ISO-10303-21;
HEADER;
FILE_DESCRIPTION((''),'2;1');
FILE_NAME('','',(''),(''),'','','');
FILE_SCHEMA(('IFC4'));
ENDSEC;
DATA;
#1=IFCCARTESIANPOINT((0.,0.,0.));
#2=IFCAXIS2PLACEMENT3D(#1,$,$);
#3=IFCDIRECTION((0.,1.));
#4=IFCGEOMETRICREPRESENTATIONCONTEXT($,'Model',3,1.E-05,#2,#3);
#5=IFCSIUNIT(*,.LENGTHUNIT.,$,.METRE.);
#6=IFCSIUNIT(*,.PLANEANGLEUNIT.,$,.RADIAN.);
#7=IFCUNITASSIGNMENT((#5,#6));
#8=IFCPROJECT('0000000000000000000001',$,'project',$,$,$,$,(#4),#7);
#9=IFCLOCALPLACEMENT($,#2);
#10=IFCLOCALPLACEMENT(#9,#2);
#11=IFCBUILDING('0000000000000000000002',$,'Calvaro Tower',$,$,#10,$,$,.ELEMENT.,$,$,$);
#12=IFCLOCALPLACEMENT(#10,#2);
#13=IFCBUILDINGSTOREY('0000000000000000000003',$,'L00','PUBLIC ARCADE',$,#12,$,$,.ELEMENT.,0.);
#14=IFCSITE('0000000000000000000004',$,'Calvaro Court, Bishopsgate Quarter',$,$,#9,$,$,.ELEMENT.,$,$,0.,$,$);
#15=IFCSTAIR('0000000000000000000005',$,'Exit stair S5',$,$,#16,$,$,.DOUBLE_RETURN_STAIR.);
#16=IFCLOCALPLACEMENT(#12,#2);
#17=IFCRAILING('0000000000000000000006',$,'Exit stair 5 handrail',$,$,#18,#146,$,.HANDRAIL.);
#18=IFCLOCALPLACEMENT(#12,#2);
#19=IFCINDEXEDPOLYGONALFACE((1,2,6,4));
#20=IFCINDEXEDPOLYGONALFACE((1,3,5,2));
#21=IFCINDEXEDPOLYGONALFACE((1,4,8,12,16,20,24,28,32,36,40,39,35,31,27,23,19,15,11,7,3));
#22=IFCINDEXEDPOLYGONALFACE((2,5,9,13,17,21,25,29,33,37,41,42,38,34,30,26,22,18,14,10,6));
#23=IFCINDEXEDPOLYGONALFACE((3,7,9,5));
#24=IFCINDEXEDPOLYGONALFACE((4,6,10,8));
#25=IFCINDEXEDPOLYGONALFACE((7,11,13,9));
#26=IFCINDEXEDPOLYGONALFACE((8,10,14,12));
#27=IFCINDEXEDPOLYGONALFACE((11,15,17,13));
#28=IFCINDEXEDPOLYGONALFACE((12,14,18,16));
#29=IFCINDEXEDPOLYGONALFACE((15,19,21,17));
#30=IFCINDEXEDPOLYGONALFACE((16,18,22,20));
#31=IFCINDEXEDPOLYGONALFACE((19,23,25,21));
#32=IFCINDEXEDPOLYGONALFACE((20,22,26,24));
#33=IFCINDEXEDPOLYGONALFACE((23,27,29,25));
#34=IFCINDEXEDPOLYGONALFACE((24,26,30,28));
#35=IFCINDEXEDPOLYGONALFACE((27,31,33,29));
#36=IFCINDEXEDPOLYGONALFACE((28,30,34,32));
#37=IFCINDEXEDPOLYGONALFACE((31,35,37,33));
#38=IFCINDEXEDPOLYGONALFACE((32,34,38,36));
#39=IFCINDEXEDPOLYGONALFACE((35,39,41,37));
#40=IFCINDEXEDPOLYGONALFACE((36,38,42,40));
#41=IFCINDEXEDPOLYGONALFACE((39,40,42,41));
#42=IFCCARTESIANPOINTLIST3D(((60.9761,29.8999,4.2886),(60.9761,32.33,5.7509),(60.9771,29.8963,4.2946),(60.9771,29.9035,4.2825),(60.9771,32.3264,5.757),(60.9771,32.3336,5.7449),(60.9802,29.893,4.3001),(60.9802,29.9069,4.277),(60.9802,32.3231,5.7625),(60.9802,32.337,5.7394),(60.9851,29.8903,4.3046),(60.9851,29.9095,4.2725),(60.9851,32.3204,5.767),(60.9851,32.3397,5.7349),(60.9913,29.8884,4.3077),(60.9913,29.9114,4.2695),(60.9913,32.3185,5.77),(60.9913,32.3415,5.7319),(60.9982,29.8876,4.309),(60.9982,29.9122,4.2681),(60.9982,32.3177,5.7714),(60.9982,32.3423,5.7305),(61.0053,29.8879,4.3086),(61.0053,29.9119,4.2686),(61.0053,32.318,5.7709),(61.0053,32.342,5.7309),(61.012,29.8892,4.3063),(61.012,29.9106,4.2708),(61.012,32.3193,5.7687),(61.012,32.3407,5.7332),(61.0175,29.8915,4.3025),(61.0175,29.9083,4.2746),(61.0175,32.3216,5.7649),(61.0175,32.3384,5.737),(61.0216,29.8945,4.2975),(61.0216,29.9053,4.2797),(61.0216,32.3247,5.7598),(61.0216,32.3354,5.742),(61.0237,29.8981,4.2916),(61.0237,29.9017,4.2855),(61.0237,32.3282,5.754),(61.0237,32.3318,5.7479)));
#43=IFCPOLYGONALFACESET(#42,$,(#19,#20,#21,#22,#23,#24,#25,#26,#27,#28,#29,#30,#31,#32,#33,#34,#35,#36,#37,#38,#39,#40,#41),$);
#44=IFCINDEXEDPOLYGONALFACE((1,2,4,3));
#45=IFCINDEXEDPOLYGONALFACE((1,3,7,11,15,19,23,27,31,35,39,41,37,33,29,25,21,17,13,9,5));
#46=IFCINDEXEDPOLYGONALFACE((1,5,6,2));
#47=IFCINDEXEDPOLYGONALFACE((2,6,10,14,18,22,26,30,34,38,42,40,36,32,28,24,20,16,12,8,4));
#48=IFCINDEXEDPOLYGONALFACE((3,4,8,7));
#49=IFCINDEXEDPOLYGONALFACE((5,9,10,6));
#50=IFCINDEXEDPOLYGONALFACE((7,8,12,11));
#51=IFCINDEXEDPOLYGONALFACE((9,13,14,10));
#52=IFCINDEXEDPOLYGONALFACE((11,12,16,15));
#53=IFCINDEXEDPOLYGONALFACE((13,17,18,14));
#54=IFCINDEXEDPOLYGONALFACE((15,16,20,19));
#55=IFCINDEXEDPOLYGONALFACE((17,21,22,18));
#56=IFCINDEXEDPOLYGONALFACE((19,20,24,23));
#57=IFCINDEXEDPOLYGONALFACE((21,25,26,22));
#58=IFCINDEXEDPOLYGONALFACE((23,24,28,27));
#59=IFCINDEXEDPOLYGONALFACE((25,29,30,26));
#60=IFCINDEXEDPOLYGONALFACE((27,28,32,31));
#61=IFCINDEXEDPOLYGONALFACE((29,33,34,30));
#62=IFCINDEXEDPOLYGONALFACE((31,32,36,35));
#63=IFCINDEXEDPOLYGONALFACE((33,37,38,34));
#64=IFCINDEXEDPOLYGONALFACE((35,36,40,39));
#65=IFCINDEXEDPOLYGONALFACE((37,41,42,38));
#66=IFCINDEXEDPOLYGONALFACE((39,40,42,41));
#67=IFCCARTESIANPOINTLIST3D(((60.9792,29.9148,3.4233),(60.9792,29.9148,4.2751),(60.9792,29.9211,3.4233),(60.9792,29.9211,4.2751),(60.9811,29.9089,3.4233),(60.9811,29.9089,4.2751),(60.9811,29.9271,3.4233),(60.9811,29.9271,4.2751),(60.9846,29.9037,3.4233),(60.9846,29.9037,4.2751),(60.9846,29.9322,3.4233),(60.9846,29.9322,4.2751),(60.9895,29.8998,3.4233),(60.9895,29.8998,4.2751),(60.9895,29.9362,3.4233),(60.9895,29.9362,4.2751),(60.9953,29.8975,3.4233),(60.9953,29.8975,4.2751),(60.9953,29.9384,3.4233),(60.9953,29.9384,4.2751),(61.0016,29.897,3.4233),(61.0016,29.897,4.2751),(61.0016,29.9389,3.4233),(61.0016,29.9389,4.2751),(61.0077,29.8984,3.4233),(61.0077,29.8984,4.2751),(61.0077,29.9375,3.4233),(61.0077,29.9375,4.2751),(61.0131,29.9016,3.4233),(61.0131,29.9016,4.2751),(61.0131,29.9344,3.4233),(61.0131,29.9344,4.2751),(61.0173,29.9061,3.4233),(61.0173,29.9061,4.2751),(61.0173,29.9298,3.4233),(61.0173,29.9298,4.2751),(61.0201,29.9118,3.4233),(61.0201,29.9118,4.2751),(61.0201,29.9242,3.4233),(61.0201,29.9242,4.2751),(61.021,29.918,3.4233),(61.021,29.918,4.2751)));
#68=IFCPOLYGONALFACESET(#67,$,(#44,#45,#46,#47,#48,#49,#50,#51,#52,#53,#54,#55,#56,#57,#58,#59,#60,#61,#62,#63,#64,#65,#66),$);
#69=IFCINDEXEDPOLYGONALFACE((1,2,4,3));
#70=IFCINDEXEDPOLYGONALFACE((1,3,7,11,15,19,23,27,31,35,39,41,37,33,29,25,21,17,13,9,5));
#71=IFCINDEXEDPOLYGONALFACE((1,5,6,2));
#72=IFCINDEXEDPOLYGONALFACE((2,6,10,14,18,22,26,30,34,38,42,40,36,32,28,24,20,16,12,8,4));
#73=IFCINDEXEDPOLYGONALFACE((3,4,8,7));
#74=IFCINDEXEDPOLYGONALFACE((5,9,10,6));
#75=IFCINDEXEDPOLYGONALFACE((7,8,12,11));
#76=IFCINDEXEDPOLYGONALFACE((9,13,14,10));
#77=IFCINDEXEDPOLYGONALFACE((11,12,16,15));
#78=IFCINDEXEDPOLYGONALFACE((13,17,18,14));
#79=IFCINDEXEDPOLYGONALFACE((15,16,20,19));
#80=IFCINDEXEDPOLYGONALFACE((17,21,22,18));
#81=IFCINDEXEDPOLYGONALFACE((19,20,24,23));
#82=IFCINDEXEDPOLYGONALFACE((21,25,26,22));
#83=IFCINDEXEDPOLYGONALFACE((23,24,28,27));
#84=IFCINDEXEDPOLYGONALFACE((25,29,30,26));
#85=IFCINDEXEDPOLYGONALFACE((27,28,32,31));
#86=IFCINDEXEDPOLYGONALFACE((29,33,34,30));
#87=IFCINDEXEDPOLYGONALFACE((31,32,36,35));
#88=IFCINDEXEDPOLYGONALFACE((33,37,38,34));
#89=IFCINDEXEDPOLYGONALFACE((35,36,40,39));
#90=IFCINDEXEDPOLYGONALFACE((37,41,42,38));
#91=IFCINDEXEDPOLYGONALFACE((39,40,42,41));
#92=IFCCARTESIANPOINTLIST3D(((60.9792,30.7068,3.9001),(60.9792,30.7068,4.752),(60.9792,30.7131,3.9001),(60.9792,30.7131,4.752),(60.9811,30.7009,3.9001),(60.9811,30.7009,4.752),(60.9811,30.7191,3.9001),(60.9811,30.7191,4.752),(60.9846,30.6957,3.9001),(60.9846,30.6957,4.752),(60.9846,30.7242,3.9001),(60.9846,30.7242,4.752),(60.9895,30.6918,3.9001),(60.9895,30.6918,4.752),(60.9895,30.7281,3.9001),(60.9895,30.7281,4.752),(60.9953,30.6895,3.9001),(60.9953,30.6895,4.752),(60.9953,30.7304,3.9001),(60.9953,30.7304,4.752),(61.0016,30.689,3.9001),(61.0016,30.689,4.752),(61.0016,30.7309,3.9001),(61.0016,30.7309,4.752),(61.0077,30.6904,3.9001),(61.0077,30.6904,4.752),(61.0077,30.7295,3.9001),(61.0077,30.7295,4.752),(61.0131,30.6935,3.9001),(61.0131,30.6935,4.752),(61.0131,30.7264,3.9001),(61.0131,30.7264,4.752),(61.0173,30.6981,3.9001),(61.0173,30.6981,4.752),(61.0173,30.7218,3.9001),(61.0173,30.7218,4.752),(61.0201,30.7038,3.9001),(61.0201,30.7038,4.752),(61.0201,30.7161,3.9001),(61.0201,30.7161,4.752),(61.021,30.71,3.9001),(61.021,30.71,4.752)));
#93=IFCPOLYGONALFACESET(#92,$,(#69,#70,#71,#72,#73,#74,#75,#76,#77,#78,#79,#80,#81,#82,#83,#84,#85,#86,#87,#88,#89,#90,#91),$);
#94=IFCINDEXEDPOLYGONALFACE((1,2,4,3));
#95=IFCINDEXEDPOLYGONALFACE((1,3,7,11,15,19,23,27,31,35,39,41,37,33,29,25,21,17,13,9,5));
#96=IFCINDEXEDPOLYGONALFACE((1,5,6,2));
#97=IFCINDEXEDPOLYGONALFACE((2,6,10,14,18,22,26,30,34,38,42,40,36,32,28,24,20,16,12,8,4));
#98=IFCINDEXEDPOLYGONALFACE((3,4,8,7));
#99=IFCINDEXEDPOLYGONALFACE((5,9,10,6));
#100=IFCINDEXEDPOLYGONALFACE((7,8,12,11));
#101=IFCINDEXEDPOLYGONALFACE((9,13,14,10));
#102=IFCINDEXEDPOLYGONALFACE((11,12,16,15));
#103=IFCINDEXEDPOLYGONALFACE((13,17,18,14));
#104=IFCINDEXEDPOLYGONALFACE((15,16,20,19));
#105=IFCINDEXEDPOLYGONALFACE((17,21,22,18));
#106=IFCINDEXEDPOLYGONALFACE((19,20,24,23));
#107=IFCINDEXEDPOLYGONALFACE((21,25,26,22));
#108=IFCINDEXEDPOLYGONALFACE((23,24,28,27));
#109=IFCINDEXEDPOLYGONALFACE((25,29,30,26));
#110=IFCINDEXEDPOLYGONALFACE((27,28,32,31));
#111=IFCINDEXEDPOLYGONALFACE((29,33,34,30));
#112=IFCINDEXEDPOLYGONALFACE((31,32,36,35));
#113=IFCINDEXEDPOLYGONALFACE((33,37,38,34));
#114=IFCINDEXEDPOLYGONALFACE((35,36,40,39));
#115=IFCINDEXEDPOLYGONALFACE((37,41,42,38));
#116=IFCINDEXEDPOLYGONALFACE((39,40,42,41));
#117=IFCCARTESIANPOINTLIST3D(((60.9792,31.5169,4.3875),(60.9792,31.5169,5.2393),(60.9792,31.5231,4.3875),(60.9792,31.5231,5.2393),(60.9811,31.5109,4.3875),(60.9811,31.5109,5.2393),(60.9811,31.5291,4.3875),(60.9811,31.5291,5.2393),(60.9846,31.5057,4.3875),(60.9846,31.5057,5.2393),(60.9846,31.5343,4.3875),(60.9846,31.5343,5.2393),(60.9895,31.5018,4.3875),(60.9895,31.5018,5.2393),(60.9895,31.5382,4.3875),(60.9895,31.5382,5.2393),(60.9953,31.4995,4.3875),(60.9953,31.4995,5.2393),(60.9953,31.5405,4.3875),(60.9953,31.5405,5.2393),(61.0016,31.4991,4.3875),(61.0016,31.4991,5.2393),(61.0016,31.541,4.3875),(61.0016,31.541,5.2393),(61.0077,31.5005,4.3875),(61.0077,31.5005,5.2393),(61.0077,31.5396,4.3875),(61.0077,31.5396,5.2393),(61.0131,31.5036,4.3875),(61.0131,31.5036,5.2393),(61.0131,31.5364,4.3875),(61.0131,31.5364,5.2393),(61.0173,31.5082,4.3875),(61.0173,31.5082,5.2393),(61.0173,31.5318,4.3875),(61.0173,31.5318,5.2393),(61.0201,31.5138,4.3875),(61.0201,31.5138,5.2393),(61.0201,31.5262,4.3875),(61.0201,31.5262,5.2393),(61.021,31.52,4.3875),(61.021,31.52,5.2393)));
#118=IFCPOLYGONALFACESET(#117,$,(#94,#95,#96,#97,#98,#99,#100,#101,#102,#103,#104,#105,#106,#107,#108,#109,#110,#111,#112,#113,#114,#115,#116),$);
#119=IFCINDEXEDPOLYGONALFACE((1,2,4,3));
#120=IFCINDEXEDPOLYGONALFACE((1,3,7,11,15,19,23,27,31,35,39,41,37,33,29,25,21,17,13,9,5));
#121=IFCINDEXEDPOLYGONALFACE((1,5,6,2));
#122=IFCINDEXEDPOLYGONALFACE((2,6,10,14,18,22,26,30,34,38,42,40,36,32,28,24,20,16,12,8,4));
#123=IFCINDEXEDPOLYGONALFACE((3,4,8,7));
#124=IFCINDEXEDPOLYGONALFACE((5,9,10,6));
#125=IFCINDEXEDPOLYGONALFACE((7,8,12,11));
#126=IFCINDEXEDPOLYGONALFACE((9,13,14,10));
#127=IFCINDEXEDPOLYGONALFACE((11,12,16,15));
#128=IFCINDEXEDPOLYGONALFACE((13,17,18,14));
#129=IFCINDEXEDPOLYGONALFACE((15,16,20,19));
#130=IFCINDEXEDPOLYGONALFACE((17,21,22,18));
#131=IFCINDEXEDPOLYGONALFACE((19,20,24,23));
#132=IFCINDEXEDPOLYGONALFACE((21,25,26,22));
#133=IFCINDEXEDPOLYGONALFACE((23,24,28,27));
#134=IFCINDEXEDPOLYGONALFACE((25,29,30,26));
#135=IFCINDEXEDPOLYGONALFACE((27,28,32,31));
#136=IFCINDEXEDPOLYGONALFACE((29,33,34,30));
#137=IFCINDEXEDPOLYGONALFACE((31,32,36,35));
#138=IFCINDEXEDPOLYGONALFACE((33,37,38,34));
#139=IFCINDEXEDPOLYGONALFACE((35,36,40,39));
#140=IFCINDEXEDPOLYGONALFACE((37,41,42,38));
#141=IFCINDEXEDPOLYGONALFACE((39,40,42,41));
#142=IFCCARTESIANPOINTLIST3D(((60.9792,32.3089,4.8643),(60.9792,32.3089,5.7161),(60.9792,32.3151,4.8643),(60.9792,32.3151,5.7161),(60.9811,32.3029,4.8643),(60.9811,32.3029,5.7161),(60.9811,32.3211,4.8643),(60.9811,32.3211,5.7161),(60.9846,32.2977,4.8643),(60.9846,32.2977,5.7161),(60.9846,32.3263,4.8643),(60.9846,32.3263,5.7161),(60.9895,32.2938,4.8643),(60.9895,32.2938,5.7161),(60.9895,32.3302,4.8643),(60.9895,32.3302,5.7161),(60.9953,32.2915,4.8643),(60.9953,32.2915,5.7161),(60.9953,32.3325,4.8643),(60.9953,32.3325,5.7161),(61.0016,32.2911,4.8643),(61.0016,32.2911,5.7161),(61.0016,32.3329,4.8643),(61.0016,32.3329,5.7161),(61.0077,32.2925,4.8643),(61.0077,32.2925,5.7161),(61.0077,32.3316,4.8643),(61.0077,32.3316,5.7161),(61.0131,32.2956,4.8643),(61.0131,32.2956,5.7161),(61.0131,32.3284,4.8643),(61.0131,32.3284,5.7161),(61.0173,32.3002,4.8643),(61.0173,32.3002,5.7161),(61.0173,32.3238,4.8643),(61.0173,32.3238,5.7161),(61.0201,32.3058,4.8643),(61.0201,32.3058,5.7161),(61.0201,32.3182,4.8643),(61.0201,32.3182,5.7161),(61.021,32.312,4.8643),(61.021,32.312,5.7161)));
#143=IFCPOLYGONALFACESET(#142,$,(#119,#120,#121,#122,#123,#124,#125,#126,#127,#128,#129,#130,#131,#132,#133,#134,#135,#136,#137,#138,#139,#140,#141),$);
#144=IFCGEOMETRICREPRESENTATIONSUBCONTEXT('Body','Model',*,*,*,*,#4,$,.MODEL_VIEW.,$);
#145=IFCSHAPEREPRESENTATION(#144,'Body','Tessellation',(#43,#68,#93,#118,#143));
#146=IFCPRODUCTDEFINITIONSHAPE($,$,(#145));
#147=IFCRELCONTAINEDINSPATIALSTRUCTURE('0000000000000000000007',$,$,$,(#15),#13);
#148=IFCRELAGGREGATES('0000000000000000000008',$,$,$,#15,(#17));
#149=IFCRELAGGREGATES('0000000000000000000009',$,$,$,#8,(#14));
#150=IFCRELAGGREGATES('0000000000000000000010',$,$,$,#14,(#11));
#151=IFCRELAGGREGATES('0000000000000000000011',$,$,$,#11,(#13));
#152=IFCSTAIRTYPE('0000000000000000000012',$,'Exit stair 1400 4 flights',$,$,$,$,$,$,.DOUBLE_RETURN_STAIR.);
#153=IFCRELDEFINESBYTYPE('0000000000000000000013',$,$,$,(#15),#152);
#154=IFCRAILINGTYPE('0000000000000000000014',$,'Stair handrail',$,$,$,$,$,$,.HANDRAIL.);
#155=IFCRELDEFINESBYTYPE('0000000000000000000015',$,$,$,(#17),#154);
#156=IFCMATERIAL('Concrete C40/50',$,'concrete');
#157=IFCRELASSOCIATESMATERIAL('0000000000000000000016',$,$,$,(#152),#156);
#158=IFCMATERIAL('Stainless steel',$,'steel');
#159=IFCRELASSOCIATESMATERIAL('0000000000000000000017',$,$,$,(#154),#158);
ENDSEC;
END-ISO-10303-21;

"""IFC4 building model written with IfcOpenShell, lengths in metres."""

from ifc_helpers import new_model, si_unit, direction, frame, origin, origin_2d, place, context, subcontext, project, spatial, circle, extrude, material, type_object, element, aggregate, save


model = new_model("IFC4")

# Units and contexts
model_context = context("Model", 3, precision=1e-05, world=origin(), true_north=direction((0.0, 1.0)))
body_context = subcontext(model_context, "Body", "Model", "MODEL_VIEW")
ifc_project = project(units=[si_unit("LENGTHUNIT", "METRE"), si_unit("PLANEANGLEUNIT", "RADIAN")], contexts=[model_context])

# Site, building, storey
site_placement = place(None, origin())
site = spatial("IfcSite", under=ifc_project, at=site_placement, Name="Calvaro Court, Bishopsgate Quarter", CompositionType="ELEMENT", RefElevation=0.0)
building_placement = place(site_placement, origin())
building = spatial("IfcBuilding", under=site, at=building_placement, Name="Calvaro Tower", CompositionType="ELEMENT")
storey_placement = place(building_placement, origin())
storey = spatial("IfcBuildingStorey", under=building, at=storey_placement, Name="L00", Description="PUBLIC ARCADE", CompositionType="ELEMENT", Elevation=0.0)

# Stair, railing
ifc_material_1 = material(Name="Concrete C40/50", Category="concrete")
stair_type = type_object("IfcStairType", Name="Exit stair 1400 4 flights", PredefinedType="DOUBLE_RETURN_STAIR", material=ifc_material_1)
stair_placement = place(storey_placement, origin())
stair = element("IfcStair", 1, at=stair_placement, inside=storey, type_object=stair_type, Name="Exit stair S5", PredefinedType="DOUBLE_RETURN_STAIR")
ifc_material_2 = material(Name="Stainless steel", Category="steel")
railing_type = type_object("IfcRailingType", Name="Stair handrail", PredefinedType="HANDRAIL", material=ifc_material_2)
railing_1_placement = place(storey_placement, frame((61.0, 29.8999, 3.4126)))
railing_1 = element("IfcRailing", 2, at=railing_1_placement, type_object=railing_type, Name="Exit stair 5 handrail", PredefinedType="HANDRAIL", context=body_context, shape_type="SweptSolid", body=[
    extrude(circle(Radius=0.0239, at=origin_2d()), frame((0.0, 0.0, 0.876), z_axis=(0.0, 0.856824, 0.515609), x_axis=(-1.0, 0.0, 0.0)), (0.0, 0.0, 1.0), 2.8362),
    extrude(circle(Radius=0.021, at=origin_2d()), frame((0.0, 0.0181, 0.0107)), (0.0, 0.0, 1.0), 0.8518),
    extrude(circle(Radius=0.021, at=origin_2d()), frame((0.0, 0.8101, 0.4875)), (0.0, 0.0, 1.0), 0.8518),
    extrude(circle(Radius=0.021, at=origin_2d()), frame((0.0, 1.6201, 0.9749)), (0.0, 0.0, 1.0), 0.8518),
    extrude(circle(Radius=0.021, at=origin_2d()), frame((0.0, 2.4121, 1.4517)), (0.0, 0.0, 1.0), 0.8518),
])
aggregate(stair, [railing_1])

save(model, "model.ifc")
